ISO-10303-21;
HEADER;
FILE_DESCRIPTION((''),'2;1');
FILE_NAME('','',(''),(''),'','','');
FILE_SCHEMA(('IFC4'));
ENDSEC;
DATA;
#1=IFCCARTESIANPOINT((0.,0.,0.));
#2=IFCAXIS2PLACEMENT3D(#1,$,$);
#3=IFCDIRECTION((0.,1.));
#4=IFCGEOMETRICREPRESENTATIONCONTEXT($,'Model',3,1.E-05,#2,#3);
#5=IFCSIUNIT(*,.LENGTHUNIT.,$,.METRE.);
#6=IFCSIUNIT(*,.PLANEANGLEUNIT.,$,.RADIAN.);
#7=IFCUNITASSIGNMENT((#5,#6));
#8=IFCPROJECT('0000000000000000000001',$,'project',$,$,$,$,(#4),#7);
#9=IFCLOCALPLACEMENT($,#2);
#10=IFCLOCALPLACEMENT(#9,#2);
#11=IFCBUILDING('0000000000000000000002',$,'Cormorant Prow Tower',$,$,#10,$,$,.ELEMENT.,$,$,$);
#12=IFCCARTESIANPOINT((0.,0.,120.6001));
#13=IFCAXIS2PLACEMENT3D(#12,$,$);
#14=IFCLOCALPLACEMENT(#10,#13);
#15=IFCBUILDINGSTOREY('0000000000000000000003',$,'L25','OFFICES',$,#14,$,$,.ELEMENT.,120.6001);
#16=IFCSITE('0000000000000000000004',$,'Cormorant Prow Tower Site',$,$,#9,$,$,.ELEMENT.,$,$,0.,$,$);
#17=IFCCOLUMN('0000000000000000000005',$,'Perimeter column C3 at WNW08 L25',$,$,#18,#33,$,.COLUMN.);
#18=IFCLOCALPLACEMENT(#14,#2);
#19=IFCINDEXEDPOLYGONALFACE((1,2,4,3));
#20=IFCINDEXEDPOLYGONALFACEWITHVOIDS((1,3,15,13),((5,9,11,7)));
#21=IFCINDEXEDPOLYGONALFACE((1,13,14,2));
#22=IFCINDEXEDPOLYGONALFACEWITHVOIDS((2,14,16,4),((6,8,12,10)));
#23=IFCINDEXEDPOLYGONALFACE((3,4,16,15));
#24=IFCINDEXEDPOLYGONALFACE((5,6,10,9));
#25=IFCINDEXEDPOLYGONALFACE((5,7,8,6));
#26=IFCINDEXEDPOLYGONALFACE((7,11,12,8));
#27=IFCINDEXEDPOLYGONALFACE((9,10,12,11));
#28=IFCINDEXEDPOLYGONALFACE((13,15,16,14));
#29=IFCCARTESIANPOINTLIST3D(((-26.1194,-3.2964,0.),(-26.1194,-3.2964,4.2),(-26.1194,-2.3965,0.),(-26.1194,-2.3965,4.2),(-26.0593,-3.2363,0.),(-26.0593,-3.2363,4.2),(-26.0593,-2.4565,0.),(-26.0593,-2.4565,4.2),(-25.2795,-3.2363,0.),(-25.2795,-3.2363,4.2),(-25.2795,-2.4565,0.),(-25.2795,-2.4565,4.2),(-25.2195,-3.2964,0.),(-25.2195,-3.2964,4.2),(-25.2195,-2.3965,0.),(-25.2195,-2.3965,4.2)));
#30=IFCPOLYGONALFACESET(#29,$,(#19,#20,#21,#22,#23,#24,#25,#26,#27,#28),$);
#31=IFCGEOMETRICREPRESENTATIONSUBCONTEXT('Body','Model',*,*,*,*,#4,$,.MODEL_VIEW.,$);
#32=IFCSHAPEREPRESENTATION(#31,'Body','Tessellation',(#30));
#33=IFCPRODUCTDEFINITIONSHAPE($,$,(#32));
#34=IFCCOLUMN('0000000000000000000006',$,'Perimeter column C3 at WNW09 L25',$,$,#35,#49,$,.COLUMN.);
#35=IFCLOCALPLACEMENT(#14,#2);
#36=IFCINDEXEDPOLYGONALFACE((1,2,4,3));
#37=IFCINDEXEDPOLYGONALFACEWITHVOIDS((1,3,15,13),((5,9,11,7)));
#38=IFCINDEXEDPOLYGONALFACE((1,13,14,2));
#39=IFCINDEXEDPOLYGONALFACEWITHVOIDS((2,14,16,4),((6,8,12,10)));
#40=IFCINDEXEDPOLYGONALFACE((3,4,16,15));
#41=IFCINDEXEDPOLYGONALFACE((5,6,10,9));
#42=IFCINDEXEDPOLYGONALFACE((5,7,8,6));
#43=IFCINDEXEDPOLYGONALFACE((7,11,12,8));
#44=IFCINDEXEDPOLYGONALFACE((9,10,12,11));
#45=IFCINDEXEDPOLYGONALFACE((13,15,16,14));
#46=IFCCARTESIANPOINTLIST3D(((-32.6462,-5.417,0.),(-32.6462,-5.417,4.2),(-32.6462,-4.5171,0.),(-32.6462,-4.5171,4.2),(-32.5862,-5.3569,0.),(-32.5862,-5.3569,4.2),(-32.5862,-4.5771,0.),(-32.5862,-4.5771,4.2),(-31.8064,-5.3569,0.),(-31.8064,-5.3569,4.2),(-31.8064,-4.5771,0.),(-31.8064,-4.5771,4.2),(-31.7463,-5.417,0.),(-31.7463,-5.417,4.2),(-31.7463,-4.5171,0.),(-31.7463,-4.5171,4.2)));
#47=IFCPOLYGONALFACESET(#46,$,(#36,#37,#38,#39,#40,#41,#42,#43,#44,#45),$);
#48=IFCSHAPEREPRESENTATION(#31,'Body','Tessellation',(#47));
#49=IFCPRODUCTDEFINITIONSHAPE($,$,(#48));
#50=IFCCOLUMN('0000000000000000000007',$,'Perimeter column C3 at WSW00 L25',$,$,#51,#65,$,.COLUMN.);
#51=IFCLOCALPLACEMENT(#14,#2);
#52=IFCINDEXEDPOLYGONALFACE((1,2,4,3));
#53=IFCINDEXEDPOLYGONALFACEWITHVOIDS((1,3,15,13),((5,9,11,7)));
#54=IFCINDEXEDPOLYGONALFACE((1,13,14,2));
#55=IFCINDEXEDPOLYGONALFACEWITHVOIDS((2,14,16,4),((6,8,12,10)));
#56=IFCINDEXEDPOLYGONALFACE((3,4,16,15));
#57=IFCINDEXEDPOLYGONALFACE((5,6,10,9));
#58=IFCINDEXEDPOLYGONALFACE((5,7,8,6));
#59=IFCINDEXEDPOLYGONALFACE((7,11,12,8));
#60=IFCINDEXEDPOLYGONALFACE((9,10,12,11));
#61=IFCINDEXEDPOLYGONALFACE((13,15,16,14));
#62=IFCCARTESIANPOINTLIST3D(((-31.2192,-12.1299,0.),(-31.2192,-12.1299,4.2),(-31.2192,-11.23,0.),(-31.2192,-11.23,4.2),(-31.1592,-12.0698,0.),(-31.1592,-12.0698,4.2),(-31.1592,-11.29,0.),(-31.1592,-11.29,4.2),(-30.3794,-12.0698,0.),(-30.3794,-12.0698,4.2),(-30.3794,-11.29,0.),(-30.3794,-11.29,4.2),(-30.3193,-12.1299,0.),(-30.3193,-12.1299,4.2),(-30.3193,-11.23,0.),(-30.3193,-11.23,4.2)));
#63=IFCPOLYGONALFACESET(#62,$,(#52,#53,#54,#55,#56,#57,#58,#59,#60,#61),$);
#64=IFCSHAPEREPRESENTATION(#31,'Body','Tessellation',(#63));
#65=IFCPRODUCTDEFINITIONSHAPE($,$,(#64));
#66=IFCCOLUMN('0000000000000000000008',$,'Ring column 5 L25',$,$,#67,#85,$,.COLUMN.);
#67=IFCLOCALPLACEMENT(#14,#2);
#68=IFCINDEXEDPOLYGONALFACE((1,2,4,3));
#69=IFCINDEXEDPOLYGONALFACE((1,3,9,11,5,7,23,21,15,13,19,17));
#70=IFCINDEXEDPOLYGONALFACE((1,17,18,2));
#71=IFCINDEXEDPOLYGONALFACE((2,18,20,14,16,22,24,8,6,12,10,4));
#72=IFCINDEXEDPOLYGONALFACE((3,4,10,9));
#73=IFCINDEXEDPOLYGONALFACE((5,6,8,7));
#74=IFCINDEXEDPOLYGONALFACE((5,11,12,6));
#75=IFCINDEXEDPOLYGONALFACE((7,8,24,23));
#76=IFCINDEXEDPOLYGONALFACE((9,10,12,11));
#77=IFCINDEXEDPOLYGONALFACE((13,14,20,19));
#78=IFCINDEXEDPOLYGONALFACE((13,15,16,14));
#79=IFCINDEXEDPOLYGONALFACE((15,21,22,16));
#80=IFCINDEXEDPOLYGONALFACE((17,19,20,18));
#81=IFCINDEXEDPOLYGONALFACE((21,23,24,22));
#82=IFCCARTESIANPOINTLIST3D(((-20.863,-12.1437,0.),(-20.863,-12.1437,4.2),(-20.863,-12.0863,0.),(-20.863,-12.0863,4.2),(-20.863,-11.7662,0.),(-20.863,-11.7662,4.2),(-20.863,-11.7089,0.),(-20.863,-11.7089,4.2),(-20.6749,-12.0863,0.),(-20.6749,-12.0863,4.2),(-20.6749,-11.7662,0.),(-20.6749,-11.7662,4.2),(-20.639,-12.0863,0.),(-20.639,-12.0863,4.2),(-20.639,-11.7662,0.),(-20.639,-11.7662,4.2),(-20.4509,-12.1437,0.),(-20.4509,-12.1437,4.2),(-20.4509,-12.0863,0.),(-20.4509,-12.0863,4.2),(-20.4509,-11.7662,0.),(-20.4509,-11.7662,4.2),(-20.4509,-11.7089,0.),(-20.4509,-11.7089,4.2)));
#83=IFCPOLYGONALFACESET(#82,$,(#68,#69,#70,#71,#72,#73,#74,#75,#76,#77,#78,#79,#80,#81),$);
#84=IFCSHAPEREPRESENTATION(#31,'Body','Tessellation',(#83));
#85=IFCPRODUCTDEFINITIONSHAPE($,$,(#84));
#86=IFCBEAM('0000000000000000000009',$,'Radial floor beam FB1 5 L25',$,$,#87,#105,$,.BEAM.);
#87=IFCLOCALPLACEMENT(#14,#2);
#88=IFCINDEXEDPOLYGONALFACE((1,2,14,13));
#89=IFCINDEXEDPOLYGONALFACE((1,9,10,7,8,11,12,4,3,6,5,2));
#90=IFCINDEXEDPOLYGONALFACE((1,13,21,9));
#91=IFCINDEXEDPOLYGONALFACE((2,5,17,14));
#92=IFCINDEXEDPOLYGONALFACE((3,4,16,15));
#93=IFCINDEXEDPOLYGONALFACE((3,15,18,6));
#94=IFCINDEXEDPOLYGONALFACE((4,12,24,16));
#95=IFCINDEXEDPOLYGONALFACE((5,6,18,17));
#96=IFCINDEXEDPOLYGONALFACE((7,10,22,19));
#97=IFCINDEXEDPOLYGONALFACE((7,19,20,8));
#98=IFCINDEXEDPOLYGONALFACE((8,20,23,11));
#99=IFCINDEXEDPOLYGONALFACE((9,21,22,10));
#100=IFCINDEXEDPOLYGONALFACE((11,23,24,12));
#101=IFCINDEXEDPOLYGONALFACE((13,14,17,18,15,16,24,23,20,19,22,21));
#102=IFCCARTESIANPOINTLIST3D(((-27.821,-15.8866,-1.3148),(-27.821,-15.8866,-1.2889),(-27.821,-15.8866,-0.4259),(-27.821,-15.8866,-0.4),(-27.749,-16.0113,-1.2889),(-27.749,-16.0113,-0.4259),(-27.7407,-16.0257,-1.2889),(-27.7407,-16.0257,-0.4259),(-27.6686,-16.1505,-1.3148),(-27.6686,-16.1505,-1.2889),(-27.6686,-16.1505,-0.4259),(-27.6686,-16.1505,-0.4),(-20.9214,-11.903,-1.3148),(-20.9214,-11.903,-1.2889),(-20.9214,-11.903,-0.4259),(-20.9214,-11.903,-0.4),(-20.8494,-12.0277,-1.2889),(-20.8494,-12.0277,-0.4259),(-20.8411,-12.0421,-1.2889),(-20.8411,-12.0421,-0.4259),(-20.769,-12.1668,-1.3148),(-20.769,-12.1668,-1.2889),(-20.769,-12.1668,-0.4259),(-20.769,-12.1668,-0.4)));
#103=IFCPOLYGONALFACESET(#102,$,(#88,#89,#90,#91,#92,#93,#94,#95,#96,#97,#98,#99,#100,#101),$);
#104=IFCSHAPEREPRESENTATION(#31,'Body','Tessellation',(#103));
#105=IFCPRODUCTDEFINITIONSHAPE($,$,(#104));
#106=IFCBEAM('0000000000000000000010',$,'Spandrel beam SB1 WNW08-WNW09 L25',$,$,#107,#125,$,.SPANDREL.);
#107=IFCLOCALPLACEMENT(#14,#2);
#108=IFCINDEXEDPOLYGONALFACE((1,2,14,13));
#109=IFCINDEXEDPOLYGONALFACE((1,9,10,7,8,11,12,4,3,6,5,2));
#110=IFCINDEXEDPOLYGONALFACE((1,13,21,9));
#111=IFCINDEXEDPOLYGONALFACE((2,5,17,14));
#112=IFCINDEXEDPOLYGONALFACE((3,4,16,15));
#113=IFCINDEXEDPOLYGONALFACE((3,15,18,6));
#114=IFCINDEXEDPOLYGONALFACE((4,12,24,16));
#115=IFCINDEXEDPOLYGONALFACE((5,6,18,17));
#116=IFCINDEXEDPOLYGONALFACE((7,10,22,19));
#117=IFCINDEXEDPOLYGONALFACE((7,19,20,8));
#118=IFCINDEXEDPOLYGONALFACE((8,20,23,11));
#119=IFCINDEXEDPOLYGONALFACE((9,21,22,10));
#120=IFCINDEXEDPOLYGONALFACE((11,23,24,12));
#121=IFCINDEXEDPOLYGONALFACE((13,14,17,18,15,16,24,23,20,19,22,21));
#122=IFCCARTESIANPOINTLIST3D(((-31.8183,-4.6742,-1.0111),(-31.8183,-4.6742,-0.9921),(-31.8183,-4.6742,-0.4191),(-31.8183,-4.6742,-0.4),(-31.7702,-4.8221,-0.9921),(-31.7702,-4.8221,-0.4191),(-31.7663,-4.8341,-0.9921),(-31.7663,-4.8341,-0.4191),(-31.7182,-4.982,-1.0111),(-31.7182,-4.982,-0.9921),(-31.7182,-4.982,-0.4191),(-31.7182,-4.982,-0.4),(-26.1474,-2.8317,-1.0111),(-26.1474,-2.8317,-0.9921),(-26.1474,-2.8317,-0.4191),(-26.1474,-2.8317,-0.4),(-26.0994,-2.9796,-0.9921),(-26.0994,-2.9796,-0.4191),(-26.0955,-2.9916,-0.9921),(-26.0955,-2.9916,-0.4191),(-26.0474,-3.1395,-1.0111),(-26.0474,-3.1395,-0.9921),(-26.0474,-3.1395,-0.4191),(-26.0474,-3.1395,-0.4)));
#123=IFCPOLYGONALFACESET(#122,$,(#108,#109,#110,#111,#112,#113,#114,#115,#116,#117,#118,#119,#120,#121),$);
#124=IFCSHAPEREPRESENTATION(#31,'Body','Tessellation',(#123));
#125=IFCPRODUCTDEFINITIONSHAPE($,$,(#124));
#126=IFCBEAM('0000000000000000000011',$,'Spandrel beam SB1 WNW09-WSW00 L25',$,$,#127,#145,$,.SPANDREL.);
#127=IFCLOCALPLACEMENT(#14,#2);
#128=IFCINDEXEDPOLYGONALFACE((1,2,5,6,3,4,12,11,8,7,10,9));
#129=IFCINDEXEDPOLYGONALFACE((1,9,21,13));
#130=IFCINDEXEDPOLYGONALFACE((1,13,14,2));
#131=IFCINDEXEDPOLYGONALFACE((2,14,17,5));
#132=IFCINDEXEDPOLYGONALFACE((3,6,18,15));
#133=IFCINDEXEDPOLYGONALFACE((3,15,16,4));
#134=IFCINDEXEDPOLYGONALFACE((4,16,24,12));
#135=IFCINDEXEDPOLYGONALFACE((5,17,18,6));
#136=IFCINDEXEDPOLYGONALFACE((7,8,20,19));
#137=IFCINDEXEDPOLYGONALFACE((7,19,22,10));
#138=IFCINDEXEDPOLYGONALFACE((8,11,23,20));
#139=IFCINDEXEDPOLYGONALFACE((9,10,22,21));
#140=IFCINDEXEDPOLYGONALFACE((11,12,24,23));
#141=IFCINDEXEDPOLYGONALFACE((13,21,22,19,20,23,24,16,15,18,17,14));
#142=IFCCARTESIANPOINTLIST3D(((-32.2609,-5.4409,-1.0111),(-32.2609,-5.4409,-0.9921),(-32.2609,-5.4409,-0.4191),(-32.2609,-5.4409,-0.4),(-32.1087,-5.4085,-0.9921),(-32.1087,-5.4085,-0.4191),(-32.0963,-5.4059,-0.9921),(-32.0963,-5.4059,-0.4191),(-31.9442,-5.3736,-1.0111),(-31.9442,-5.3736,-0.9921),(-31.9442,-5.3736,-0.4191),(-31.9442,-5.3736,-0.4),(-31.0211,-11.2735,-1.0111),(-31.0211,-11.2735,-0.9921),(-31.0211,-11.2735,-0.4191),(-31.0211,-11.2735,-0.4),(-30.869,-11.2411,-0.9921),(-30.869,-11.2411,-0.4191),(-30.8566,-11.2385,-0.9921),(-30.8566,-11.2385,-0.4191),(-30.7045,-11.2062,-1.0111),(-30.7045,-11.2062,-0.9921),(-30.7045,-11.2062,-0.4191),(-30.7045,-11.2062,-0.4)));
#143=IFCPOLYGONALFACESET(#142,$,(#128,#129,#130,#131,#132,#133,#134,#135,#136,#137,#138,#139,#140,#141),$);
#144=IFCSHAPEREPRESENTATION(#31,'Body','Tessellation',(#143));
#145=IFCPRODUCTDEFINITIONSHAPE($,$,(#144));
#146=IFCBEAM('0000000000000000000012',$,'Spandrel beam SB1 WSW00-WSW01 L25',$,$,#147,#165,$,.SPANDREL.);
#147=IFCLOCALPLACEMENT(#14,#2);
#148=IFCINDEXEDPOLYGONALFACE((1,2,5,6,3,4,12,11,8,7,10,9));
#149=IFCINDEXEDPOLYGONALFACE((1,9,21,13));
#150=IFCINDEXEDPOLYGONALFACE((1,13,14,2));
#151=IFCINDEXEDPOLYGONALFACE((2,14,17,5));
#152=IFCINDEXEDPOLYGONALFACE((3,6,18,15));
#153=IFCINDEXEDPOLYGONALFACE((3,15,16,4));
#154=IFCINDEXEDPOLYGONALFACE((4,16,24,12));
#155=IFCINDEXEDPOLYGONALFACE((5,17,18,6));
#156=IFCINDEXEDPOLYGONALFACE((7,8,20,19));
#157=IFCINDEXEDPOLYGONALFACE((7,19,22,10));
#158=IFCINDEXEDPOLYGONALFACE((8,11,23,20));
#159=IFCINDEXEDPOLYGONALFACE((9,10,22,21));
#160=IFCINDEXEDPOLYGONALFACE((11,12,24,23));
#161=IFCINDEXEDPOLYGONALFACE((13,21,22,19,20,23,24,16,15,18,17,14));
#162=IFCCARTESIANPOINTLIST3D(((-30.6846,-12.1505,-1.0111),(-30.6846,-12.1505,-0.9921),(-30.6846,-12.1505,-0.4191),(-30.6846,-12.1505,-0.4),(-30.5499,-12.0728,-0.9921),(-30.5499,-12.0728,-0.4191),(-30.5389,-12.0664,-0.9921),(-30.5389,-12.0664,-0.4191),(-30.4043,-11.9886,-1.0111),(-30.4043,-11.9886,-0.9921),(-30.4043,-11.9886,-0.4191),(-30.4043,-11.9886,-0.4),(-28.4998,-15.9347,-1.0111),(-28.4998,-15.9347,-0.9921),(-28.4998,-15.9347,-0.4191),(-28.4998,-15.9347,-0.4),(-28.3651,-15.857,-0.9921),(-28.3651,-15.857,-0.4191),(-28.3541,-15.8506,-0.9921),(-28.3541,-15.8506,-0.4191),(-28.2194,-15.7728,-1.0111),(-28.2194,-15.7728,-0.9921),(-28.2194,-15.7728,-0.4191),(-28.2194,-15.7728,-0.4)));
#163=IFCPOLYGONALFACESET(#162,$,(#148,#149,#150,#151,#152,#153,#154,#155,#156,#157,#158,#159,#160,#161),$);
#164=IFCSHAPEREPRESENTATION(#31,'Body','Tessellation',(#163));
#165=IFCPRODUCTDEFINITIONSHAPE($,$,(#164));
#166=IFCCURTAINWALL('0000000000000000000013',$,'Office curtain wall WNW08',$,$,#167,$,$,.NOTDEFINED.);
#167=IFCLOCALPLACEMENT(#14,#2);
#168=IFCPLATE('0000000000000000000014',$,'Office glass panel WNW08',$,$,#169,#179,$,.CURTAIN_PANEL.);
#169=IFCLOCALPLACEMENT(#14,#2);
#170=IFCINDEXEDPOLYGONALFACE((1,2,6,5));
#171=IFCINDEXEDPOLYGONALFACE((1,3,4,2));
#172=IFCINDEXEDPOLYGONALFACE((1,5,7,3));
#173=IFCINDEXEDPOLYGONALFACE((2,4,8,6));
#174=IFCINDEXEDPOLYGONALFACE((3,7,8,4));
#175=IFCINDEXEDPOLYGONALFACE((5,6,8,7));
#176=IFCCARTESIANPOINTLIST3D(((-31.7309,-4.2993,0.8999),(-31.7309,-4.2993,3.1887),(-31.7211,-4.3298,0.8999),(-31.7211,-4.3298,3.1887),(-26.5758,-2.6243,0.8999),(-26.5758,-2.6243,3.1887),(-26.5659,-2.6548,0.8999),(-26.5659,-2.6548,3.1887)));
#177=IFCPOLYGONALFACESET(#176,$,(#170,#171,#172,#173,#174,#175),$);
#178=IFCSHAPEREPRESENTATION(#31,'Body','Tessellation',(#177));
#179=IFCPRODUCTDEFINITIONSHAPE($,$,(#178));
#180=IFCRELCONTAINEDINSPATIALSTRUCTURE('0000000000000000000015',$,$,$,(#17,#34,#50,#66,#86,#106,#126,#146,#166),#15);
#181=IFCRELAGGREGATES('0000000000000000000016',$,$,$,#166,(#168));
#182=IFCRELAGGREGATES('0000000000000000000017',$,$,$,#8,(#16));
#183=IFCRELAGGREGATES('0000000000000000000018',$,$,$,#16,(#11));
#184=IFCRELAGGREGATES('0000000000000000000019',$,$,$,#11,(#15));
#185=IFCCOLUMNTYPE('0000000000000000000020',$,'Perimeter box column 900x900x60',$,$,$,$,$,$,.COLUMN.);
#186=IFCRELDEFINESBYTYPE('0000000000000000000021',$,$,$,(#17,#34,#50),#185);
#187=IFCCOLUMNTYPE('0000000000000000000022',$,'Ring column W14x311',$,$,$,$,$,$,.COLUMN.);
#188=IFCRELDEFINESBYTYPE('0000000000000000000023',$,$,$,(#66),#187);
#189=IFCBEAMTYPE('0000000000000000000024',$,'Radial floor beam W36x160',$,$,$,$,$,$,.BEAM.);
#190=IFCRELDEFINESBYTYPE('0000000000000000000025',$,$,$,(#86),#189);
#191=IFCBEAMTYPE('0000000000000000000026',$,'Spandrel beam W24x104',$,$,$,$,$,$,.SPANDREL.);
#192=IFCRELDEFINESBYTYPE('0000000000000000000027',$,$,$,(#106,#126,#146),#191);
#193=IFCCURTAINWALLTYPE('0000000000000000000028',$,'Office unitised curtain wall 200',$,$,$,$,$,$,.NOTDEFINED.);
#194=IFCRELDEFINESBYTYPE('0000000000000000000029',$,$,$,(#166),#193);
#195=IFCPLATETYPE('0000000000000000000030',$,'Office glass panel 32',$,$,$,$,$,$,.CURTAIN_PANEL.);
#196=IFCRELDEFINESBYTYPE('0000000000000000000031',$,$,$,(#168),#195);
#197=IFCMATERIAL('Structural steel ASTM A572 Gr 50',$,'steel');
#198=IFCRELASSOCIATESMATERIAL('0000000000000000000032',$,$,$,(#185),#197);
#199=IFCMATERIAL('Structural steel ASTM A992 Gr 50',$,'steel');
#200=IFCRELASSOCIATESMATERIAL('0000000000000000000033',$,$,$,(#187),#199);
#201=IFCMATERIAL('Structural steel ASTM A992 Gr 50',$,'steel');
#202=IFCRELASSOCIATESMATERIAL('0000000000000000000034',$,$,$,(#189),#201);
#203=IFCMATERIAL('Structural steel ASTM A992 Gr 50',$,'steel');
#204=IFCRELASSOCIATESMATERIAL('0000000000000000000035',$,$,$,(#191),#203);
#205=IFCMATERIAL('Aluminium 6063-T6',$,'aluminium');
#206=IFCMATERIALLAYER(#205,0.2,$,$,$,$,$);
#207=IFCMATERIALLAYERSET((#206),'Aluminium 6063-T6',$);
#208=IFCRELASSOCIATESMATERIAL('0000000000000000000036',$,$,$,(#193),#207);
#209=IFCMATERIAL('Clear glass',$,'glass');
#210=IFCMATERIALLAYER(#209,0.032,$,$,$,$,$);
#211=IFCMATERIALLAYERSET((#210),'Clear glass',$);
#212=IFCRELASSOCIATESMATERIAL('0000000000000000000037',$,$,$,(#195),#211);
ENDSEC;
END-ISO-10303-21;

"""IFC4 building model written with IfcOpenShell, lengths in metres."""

from ifc_helpers import new_model, si_unit, direction, frame, origin, origin_2d, place, context, subcontext, project, spatial, rectangle, hollow_rectangle, i_section, extrude, material, layer, layer_set, material_profile, profile_set, type_object, element, aggregate, save


model = new_model("IFC4")

# Units and contexts
model_context = context("Model", 3, precision=1e-05, world=origin(), true_north=direction((0.0, 1.0)))
body_context = subcontext(model_context, "Body", "Model", "MODEL_VIEW")
ifc_project = project(units=[si_unit("LENGTHUNIT", "METRE"), si_unit("PLANEANGLEUNIT", "RADIAN")], contexts=[model_context])

# Site, building, storey
site_placement = place(None, origin())
site = spatial("IfcSite", under=ifc_project, at=site_placement, Name="Cormorant Prow Tower Site", CompositionType="ELEMENT", RefElevation=0.0)
building_placement = place(site_placement, origin())
building = spatial("IfcBuilding", under=site, at=building_placement, Name="Cormorant Prow Tower", CompositionType="ELEMENT")
storey_placement = place(building_placement, frame((0.0, 0.0, 120.6001)))
storey = spatial("IfcBuildingStorey", under=building, at=storey_placement, Name="L25", Description="OFFICES", CompositionType="ELEMENT", Elevation=120.6001)

# Columns
ifc_material_1 = material(Name="Structural steel ASTM A572 Gr 50", Category="steel")
ifc_material_profile_1 = material_profile(ifc_material_1, hollow_rectangle(XDim=0.8999, YDim=0.8999, WallThickness=0.0601, at=origin_2d()), Name="Box 900x900x60")
ifc_profile_set_1 = profile_set([ifc_material_profile_1], Name="Structural steel ASTM A572 Gr 50")
column_type_1 = type_object("IfcColumnType", Name="Perimeter box column 900x900x60", PredefinedType="COLUMN", material=ifc_profile_set_1)
for number, where, z_axis, x_axis, name in (
    (1, (-25.6694, -2.8464, 0.0), (0.0, 0.0, 1.0), (1.0, 0.0, 0.0), "Perimeter column C3 at WNW08 L25"),
    (2, (-32.1963, -4.967, 0.0), (0.0, 0.0, 1.0), (1.0, 0.0, 0.0), "Perimeter column C3 at WNW09 L25"),
    (3, (-30.7693, -11.6799, 0.0), (0.0, 0.0, 1.0), (1.0, 0.0, 0.0), "Perimeter column C3 at WSW00 L25"),
):
    element("IfcColumn", number, at=place(storey_placement, frame(where, z_axis=z_axis, x_axis=x_axis)), inside=storey, type_object=column_type_1, Name=name, PredefinedType="COLUMN", context=body_context, shape_type="SweptSolid", body=[
        extrude(hollow_rectangle(XDim=0.8999, YDim=0.8999, WallThickness=0.0601, at=origin_2d()), origin(), (0.0, 0.0, 1.0), 4.2),
    ])
ifc_material_2 = material(Name="Structural steel ASTM A992 Gr 50", Category="steel")
ifc_material_profile_2 = material_profile(ifc_material_2, i_section(OverallWidth=0.4121, OverallDepth=0.4348, WebThickness=0.0359, FlangeThickness=0.0574, at=origin_2d()), Name="W14x311")
ifc_profile_set_2 = profile_set([ifc_material_profile_2], Name="Structural steel ASTM A992 Gr 50")
column_type_2 = type_object("IfcColumnType", Name="Ring column W14x311", PredefinedType="COLUMN", material=ifc_profile_set_2)
column_placement = place(storey_placement, frame((-20.657, -11.9263, 0.0), z_axis=(0.0, 0.0, 1.0), x_axis=(1.0, 0.0, 0.0)))
element("IfcColumn", 4, at=column_placement, inside=storey, type_object=column_type_2, Name="Ring column 5 L25", PredefinedType="COLUMN", context=body_context, shape_type="SweptSolid", body=[
    extrude(i_section(OverallWidth=0.4121, OverallDepth=0.4348, WebThickness=0.0359, FlangeThickness=0.0574, at=origin_2d()), origin(), (0.0, 0.0, 1.0), 4.2),
])

# Beams
ifc_material_3 = material(Name="Structural steel ASTM A992 Gr 50", Category="steel")
ifc_material_profile_3 = material_profile(ifc_material_3, i_section(OverallWidth=0.3047, OverallDepth=0.9148, WebThickness=0.0166, FlangeThickness=0.0259, at=origin_2d()), Name="W36x160")
ifc_profile_set_3 = profile_set([ifc_material_profile_3], Name="Structural steel ASTM A992 Gr 50")
beam_type_1 = type_object("IfcBeamType", Name="Radial floor beam W36x160", PredefinedType="BEAM", material=ifc_profile_set_3)
beam_1_placement = place(storey_placement, frame((-20.8452, -12.0349, -0.8574), z_axis=(-0.866019, -0.500012, 0.0), x_axis=(0.500012, -0.866019, 0.0)))
element("IfcBeam", 5, at=beam_1_placement, inside=storey, type_object=beam_type_1, Name="Radial floor beam FB1 5 L25", PredefinedType="BEAM", context=body_context, shape_type="SweptSolid", body=[
    extrude(i_section(OverallWidth=0.3047, OverallDepth=0.9148, WebThickness=0.0166, FlangeThickness=0.0259, at=origin_2d()), origin(), (0.0, 0.0, 1.0), 7.967),
])
ifc_material_4 = material(Name="Structural steel ASTM A992 Gr 50", Category="steel")
ifc_material_profile_4 = material_profile(ifc_material_4, i_section(OverallWidth=0.3237, OverallDepth=0.6111, WebThickness=0.0127, FlangeThickness=0.019, at=origin_2d()), Name="W24x104")
ifc_profile_set_4 = profile_set([ifc_material_profile_4], Name="Structural steel ASTM A992 Gr 50")
beam_type_2 = type_object("IfcBeamType", Name="Spandrel beam W24x104", PredefinedType="SPANDREL", material=ifc_profile_set_4)
beam_2_placement = place(storey_placement, frame((-26.0974, -2.9856, -0.7056), z_axis=(-0.951059, -0.309008, 0.0), x_axis=(0.309008, -0.951059, 0.0)))
element("IfcBeam", 6, at=beam_2_placement, inside=storey, type_object=beam_type_2, Name="Spandrel beam SB1 WNW08-WNW09 L25", PredefinedType="SPANDREL", context=body_context, shape_type="SweptSolid", body=[
    extrude(i_section(OverallWidth=0.3237, OverallDepth=0.6111, WebThickness=0.0127, FlangeThickness=0.019, at=origin_2d()), origin(), (0.0, 0.0, 1.0), 5.9626),
])
beam_3_placement = place(storey_placement, frame((-32.1025, -5.4072, -0.7056), z_axis=(0.207913, -0.978147, 0.0), x_axis=(0.978147, 0.207913, 0.0)))
element("IfcBeam", 7, at=beam_3_placement, inside=storey, type_object=beam_type_2, Name="Spandrel beam SB1 WNW09-WSW00 L25", PredefinedType="SPANDREL", context=body_context, shape_type="SweptSolid", body=[
    extrude(i_section(OverallWidth=0.3237, OverallDepth=0.6111, WebThickness=0.0127, FlangeThickness=0.019, at=origin_2d()), origin(), (0.0, 0.0, 1.0), 5.9629),
])
beam_4_placement = place(storey_placement, frame((-30.5444, -12.0696, -0.7056), z_axis=(0.500003, -0.866024, 0.0), x_axis=(0.866024, 0.500003, 0.0)))
element("IfcBeam", 8, at=beam_4_placement, inside=storey, type_object=beam_type_2, Name="Spandrel beam SB1 WSW00-WSW01 L25", PredefinedType="SPANDREL", context=body_context, shape_type="SweptSolid", body=[
    extrude(i_section(OverallWidth=0.3237, OverallDepth=0.6111, WebThickness=0.0127, FlangeThickness=0.019, at=origin_2d()), origin(), (0.0, 0.0, 1.0), 4.3696),
])

# Curtain wall, plate
ifc_material_5 = material(Name="Aluminium 6063-T6", Category="aluminium")
ifc_layer_1 = layer(ifc_material_5, 0.2)
ifc_layer_set_1 = layer_set([ifc_layer_1], Name="Aluminium 6063-T6")
curtain_wall_type = type_object("IfcCurtainWallType", Name="Office unitised curtain wall 200", PredefinedType="NOTDEFINED", material=ifc_layer_set_1)
curtain_wall_placement = place(storey_placement, origin())
curtain_wall = element("IfcCurtainWall", 9, at=curtain_wall_placement, inside=storey, type_object=curtain_wall_type, Name="Office curtain wall WNW08", PredefinedType="NOTDEFINED")
ifc_material_6 = material(Name="Clear glass", Category="glass")
ifc_layer_2 = layer(ifc_material_6, 0.032)
ifc_layer_set_2 = layer_set([ifc_layer_2], Name="Clear glass")
plate_type = type_object("IfcPlateType", Name="Office glass panel 32", PredefinedType="CURTAIN_PANEL", material=ifc_layer_set_2)
plate_placement = place(storey_placement, frame((-29.1484, -3.4771, 0.8999), z_axis=(0.0, 0.0, 1.0), x_axis=(-0.951057, -0.309017, 0.0)))
plate = element("IfcPlate", 10, at=plate_placement, type_object=plate_type, Name="Office glass panel WNW08", PredefinedType="CURTAIN_PANEL", context=body_context, shape_type="SweptSolid", body=[
    extrude(rectangle(XDim=5.4204, YDim=0.032, at=origin_2d()), origin(), (0.0, 0.0, 1.0), 2.2888),
])
aggregate(curtain_wall, [plate])

save(model, "model.ifc")
